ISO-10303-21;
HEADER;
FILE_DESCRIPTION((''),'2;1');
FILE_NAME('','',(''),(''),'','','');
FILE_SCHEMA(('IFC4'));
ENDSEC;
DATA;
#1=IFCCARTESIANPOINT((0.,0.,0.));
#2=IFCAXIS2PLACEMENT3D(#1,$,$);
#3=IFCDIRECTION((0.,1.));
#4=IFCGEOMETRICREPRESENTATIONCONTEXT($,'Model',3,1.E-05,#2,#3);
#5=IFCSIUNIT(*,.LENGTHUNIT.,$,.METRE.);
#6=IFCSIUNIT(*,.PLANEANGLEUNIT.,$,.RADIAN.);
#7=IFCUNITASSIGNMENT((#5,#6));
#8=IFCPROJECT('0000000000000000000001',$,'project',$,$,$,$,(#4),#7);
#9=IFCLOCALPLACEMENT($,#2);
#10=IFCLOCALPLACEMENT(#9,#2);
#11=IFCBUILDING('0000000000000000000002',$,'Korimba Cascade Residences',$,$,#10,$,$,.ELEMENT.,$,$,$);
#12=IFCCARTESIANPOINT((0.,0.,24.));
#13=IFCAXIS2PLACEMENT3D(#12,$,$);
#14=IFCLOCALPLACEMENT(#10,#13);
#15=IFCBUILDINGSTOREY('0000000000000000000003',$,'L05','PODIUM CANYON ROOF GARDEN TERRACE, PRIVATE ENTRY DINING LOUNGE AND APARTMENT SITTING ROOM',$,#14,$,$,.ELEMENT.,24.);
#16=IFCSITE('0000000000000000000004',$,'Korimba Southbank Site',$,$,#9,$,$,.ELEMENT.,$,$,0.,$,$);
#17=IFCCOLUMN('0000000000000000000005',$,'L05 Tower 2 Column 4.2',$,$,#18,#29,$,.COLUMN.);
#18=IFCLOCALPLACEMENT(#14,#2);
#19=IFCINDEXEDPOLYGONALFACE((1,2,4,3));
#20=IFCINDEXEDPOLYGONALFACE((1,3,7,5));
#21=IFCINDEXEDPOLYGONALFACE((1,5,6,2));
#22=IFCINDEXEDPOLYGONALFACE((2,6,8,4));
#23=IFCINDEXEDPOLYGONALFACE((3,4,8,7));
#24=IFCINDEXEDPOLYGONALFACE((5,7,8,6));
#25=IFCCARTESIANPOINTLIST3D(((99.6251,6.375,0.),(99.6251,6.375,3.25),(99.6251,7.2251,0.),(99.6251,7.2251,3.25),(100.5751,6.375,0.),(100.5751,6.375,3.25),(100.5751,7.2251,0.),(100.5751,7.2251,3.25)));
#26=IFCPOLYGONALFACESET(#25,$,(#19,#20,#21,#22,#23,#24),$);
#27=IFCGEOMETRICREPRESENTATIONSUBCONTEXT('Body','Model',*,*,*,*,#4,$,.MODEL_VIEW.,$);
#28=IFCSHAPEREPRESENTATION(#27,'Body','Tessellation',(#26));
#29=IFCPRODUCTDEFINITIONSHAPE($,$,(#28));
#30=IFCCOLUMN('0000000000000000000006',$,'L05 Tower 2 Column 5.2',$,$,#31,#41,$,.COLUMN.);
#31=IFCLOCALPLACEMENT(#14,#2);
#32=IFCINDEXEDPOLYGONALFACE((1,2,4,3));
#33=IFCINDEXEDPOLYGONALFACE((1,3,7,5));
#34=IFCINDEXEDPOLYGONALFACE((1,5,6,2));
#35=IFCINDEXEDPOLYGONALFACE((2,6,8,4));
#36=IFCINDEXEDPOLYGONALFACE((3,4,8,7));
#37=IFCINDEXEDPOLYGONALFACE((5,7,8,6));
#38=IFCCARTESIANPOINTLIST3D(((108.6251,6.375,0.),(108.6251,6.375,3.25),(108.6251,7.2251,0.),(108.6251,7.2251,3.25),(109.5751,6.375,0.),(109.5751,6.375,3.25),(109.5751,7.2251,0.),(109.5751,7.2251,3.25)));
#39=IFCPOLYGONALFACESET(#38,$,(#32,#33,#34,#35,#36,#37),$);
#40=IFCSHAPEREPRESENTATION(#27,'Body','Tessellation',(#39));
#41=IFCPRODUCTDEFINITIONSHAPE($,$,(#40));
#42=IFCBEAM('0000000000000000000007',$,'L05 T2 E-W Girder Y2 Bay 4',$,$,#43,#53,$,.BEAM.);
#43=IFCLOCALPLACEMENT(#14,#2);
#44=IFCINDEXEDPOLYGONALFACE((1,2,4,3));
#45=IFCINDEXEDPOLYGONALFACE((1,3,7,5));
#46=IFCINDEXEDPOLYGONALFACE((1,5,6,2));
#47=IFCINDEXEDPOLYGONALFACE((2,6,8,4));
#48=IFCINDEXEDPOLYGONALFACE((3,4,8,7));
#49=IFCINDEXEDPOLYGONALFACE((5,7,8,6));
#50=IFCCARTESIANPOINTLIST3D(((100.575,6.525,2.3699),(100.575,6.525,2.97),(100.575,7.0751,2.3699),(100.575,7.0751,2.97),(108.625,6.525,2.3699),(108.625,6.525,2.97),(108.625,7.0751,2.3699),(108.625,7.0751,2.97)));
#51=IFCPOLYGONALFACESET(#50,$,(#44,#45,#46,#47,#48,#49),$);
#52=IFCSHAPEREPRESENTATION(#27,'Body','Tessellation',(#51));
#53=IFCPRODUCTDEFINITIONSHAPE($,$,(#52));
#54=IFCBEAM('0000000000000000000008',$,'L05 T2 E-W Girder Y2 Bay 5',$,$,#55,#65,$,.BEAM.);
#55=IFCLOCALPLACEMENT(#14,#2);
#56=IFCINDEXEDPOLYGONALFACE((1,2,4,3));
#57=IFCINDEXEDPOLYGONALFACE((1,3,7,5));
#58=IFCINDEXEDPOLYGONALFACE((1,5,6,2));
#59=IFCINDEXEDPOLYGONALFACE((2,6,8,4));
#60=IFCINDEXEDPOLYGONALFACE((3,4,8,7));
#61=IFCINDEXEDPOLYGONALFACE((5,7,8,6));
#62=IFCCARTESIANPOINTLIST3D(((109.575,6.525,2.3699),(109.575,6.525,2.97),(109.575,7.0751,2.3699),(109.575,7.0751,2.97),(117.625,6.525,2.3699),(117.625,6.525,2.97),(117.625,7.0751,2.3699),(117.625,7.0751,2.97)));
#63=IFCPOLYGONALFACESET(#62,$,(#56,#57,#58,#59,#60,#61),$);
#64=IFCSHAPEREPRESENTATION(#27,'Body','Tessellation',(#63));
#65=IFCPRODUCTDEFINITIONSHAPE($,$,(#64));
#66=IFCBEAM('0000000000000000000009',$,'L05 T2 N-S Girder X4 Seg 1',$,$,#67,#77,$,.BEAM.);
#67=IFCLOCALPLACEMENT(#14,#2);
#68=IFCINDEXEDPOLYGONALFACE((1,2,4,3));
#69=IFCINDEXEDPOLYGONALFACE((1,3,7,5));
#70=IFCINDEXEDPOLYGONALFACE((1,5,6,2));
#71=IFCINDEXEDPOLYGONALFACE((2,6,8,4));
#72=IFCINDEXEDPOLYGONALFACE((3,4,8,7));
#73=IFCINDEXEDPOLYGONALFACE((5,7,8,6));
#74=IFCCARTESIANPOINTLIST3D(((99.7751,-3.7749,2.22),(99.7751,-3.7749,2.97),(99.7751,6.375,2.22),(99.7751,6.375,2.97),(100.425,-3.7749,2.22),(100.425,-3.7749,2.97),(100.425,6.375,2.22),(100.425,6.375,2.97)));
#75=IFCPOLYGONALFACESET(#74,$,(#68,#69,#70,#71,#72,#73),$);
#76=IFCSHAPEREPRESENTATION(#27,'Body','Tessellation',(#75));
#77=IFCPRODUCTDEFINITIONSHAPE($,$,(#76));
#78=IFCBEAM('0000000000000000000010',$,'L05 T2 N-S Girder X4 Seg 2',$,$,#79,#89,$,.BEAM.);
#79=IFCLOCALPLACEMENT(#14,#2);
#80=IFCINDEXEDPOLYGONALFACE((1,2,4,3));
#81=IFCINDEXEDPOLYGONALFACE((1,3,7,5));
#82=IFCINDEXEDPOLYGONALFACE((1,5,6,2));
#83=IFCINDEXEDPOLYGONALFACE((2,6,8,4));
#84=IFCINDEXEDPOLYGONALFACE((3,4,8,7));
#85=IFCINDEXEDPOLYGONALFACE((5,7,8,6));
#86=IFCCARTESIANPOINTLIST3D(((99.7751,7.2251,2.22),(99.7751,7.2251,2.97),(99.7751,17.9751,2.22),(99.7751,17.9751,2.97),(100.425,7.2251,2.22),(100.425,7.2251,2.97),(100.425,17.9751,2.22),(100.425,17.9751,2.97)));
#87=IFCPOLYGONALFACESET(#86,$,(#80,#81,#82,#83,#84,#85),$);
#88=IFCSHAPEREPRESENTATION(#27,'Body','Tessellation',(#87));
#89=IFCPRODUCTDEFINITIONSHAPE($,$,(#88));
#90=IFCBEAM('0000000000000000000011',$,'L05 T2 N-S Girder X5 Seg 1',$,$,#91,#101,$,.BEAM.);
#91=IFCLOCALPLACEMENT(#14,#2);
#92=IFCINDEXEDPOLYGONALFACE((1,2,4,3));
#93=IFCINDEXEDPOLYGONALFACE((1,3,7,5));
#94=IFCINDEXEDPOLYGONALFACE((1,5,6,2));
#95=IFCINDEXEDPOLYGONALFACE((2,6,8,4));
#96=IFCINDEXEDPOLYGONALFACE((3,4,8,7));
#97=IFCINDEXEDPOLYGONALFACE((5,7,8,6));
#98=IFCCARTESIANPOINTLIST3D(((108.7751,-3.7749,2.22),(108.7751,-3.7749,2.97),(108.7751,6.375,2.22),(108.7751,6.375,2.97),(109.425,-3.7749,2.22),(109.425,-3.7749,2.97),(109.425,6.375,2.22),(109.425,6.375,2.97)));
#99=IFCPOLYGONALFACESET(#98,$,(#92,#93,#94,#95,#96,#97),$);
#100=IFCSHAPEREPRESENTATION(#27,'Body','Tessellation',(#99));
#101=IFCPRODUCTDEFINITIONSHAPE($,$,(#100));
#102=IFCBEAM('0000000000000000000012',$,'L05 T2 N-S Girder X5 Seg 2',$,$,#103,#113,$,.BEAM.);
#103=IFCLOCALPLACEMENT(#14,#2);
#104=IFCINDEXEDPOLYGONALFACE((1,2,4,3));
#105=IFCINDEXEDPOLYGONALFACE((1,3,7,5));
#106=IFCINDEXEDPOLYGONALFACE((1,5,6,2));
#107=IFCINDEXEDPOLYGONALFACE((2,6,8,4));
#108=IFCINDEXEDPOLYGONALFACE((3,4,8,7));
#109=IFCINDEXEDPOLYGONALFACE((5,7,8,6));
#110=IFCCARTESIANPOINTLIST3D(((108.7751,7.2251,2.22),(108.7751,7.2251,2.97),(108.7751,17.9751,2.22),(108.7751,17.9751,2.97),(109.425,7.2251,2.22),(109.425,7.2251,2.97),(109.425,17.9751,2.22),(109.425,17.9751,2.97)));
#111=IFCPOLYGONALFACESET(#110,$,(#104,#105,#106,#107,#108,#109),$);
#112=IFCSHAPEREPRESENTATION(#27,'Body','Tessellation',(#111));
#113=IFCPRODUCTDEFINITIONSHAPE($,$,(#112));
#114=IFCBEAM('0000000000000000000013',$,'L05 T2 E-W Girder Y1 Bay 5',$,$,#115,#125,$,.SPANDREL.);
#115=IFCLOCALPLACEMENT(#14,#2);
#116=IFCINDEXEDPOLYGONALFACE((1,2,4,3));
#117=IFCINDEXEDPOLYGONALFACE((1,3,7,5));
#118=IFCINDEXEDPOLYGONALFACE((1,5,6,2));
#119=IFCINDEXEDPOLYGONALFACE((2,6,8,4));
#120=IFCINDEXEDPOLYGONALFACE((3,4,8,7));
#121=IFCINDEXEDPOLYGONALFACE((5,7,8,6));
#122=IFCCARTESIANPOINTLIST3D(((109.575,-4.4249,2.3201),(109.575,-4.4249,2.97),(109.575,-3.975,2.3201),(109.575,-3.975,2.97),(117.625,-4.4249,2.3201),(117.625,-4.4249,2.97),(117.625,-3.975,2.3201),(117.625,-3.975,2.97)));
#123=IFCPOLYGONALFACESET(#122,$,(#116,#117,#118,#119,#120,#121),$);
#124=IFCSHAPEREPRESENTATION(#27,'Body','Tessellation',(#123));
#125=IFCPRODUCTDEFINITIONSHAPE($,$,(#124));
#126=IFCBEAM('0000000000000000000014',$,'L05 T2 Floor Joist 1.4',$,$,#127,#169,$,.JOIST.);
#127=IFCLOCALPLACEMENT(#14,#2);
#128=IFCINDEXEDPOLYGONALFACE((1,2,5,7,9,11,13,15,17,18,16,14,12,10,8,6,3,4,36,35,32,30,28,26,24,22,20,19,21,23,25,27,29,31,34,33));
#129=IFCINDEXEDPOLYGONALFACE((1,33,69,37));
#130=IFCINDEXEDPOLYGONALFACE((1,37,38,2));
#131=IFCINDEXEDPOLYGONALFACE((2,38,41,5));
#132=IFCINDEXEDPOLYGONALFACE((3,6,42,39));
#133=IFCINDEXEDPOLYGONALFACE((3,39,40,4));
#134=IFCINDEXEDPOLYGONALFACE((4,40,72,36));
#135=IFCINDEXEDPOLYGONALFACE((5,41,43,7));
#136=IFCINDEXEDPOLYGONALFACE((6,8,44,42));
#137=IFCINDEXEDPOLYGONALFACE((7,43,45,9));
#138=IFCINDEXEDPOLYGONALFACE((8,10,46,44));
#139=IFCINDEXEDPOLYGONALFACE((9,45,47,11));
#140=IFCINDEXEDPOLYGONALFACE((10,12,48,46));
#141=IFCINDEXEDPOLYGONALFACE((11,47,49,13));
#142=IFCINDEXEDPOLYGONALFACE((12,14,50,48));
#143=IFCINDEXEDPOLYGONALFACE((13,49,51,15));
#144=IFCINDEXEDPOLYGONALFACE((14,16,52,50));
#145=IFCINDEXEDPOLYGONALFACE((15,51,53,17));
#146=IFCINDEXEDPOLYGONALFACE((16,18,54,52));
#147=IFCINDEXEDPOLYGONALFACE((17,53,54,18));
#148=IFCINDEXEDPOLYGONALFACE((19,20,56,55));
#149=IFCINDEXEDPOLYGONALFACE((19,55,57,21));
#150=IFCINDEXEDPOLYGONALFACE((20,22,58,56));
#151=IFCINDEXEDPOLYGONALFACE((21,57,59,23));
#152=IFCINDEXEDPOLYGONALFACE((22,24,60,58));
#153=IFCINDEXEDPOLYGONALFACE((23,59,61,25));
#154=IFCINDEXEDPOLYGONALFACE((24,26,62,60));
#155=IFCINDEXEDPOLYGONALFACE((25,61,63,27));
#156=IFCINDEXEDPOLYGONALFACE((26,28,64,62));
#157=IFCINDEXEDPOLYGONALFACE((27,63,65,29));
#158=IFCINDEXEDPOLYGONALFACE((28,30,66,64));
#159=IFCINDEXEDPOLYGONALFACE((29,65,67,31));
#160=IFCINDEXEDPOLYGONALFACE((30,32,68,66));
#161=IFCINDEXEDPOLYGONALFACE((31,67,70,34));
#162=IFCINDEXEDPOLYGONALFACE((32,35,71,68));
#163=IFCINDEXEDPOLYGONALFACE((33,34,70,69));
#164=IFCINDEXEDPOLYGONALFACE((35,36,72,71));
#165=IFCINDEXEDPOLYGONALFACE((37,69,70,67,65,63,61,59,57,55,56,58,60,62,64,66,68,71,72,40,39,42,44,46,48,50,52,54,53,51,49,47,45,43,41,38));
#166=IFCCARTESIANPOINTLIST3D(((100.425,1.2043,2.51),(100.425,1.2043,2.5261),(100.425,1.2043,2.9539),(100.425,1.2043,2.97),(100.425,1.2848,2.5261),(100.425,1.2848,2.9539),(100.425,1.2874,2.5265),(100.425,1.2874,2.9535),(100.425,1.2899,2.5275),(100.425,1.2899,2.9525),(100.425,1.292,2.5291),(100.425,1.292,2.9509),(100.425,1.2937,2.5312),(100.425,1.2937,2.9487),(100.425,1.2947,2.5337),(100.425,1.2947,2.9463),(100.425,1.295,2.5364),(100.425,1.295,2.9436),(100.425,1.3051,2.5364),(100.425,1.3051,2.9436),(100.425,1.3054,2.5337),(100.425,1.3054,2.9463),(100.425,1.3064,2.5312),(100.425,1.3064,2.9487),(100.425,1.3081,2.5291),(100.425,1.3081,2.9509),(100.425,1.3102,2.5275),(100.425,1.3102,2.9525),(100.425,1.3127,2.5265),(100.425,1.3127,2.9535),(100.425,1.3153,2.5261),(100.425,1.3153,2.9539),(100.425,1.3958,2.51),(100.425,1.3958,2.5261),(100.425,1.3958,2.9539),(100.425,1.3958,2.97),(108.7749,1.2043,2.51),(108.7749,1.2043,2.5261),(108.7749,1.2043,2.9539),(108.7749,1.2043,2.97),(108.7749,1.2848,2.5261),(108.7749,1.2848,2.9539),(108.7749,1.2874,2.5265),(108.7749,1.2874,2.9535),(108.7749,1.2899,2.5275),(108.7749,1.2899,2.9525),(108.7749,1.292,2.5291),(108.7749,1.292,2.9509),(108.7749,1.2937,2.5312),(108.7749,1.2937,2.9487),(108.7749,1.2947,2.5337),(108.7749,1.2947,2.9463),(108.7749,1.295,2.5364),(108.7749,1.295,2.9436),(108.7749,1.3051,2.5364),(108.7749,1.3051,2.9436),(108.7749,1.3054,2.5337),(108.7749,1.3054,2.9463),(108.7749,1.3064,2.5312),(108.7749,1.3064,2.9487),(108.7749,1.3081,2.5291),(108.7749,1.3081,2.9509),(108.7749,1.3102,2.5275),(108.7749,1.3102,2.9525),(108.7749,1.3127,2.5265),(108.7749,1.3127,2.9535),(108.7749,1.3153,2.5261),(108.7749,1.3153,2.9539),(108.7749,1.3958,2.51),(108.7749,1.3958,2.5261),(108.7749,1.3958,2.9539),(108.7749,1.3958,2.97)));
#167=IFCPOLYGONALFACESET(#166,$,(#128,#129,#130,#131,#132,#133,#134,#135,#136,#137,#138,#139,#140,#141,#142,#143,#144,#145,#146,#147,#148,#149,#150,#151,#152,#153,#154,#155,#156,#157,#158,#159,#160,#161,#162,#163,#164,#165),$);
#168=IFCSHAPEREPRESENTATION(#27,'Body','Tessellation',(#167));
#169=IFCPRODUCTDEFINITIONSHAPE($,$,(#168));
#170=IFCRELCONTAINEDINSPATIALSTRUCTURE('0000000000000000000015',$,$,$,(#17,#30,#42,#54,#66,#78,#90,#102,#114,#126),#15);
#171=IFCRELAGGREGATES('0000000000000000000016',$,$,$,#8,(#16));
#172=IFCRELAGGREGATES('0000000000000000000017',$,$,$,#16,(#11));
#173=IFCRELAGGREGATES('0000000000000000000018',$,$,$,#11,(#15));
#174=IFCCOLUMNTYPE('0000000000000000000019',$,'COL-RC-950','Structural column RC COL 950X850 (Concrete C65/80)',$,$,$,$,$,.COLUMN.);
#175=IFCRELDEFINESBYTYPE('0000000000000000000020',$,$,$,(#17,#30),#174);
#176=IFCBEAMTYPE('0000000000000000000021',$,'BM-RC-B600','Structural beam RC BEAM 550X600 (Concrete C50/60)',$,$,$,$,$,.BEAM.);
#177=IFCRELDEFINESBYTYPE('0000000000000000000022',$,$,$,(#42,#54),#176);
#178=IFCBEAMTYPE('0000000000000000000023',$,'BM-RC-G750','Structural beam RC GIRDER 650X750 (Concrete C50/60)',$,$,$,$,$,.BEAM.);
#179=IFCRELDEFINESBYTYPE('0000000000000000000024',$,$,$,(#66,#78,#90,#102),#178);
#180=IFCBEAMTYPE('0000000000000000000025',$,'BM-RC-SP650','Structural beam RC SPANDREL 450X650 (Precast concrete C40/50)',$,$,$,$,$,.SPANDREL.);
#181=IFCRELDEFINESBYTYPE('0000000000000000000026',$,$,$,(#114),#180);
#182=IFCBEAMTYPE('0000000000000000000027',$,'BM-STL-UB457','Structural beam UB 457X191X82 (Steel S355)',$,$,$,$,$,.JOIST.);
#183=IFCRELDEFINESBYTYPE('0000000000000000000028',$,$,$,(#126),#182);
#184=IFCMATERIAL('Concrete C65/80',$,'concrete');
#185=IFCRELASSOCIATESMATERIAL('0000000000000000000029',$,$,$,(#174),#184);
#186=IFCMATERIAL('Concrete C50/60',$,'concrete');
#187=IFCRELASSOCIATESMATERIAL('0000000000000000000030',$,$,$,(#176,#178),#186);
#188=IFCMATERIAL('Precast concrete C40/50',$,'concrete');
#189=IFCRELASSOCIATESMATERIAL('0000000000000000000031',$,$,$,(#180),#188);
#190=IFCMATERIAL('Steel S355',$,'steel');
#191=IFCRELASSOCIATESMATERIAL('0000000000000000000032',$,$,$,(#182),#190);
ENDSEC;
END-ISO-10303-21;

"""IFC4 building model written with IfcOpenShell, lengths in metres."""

from ifc_helpers import new_model, si_unit, direction, frame, origin, origin_2d, place, context, subcontext, project, spatial, rectangle, i_section, extrude, material, material_profile, profile_set, type_object, element, save


model = new_model("IFC4")

# Units and contexts
model_context = context("Model", 3, precision=1e-05, world=origin(), true_north=direction((0.0, 1.0)))
body_context = subcontext(model_context, "Body", "Model", "MODEL_VIEW")
ifc_project = project(units=[si_unit("LENGTHUNIT", "METRE"), si_unit("PLANEANGLEUNIT", "RADIAN")], contexts=[model_context])

# Site, building, storey
site_placement = place(None, origin())
site = spatial("IfcSite", under=ifc_project, at=site_placement, Name="Korimba Southbank Site", CompositionType="ELEMENT", RefElevation=0.0)
building_placement = place(site_placement, origin())
building = spatial("IfcBuilding", under=site, at=building_placement, Name="Korimba Cascade Residences", CompositionType="ELEMENT")
storey_placement = place(building_placement, frame((0.0, 0.0, 24.0)))
storey = spatial("IfcBuildingStorey", under=building, at=storey_placement, Name="L05", Description="PODIUM CANYON ROOF GARDEN TERRACE, PRIVATE ENTRY DINING LOUNGE AND APARTMENT SITTING ROOM", CompositionType="ELEMENT", Elevation=24.0)

# Columns
ifc_material_1 = material(Name="Concrete C65/80", Category="concrete")
ifc_material_profile_1 = material_profile(ifc_material_1, rectangle(XDim=0.95, YDim=0.8501, at=origin_2d()), Name="Concrete C65/80")
ifc_profile_set_1 = profile_set([ifc_material_profile_1], Name="Concrete C65/80")
column_type = type_object("IfcColumnType", Name="COL-RC-950", Description="Structural column RC COL 950X850 (Concrete C65/80)", PredefinedType="COLUMN", material=ifc_profile_set_1)
for number, where, z_axis, x_axis, name in (
    (1, (100.1001, 6.8, 0.0), (0.0, 0.0, 1.0), (1.0, 0.0, 0.0), "L05 Tower 2 Column 4.2"),
    (2, (109.1001, 6.8, 0.0), (0.0, 0.0, 1.0), (1.0, 0.0, 0.0), "L05 Tower 2 Column 5.2"),
):
    element("IfcColumn", number, at=place(storey_placement, frame(where, z_axis=z_axis, x_axis=x_axis)), inside=storey, type_object=column_type, Name=name, PredefinedType="COLUMN", context=body_context, shape_type="SweptSolid", body=[
        extrude(rectangle(XDim=0.95, YDim=0.8501, at=origin_2d()), origin(), (0.0, 0.0, 1.0), 3.25),
    ])

# Beams
ifc_material_2 = material(Name="Concrete C50/60", Category="concrete")
ifc_material_profile_2 = material_profile(ifc_material_2, rectangle(XDim=0.55, YDim=0.6001, at=origin_2d()), Name="Concrete C50/60")
ifc_profile_set_2 = profile_set([ifc_material_profile_2], Name="Concrete C50/60")
beam_type_1 = type_object("IfcBeamType", Name="BM-RC-B600", Description="Structural beam RC BEAM 550X600 (Concrete C50/60)", PredefinedType="BEAM", material=ifc_profile_set_2)
for number, where, z_axis, x_axis, name in (
    (3, (100.575, 6.8, 2.6699), (1.0, 0.0, 0.0), (0.0, 1.0, 0.0), "L05 T2 E-W Girder Y2 Bay 4"),
    (4, (109.575, 6.8, 2.6699), (1.0, 0.0, 0.0), (0.0, 1.0, 0.0), "L05 T2 E-W Girder Y2 Bay 5"),
):
    element("IfcBeam", number, at=place(storey_placement, frame(where, z_axis=z_axis, x_axis=x_axis)), inside=storey, type_object=beam_type_1, Name=name, PredefinedType="BEAM", context=body_context, shape_type="SweptSolid", body=[
        extrude(rectangle(XDim=0.55, YDim=0.6001, at=origin_2d()), origin(), (0.0, 0.0, 1.0), 8.05),
    ])
ifc_material_profile_3 = material_profile(ifc_material_2, rectangle(XDim=0.6499, YDim=0.75, at=origin_2d()), Name="Concrete C50/60")
ifc_profile_set_3 = profile_set([ifc_material_profile_3], Name="Concrete C50/60")
beam_type_2 = type_object("IfcBeamType", Name="BM-RC-G750", Description="Structural beam RC GIRDER 650X750 (Concrete C50/60)", PredefinedType="BEAM", material=ifc_profile_set_3)
beam_1_placement = place(storey_placement, frame((100.1001, -3.7749, 2.595), z_axis=(0.0, 1.0, 0.0), x_axis=(-1.0, 0.0, 0.0)))
element("IfcBeam", 5, at=beam_1_placement, inside=storey, type_object=beam_type_2, Name="L05 T2 N-S Girder X4 Seg 1", PredefinedType="BEAM", context=body_context, shape_type="SweptSolid", body=[
    extrude(rectangle(XDim=0.6499, YDim=0.75, at=origin_2d()), origin(), (0.0, 0.0, 1.0), 10.1499),
])
beam_2_placement = place(storey_placement, frame((100.1001, 7.2251, 2.595), z_axis=(0.0, 1.0, 0.0), x_axis=(-1.0, 0.0, 0.0)))
element("IfcBeam", 6, at=beam_2_placement, inside=storey, type_object=beam_type_2, Name="L05 T2 N-S Girder X4 Seg 2", PredefinedType="BEAM", context=body_context, shape_type="SweptSolid", body=[
    extrude(rectangle(XDim=0.6499, YDim=0.75, at=origin_2d()), origin(), (0.0, 0.0, 1.0), 10.75),
])
beam_3_placement = place(storey_placement, frame((109.1001, -3.7749, 2.595), z_axis=(0.0, 1.0, 0.0), x_axis=(-1.0, 0.0, 0.0)))
element("IfcBeam", 7, at=beam_3_placement, inside=storey, type_object=beam_type_2, Name="L05 T2 N-S Girder X5 Seg 1", PredefinedType="BEAM", context=body_context, shape_type="SweptSolid", body=[
    extrude(rectangle(XDim=0.6499, YDim=0.75, at=origin_2d()), origin(), (0.0, 0.0, 1.0), 10.1499),
])
beam_4_placement = place(storey_placement, frame((109.1001, 7.2251, 2.595), z_axis=(0.0, 1.0, 0.0), x_axis=(-1.0, 0.0, 0.0)))
element("IfcBeam", 8, at=beam_4_placement, inside=storey, type_object=beam_type_2, Name="L05 T2 N-S Girder X5 Seg 2", PredefinedType="BEAM", context=body_context, shape_type="SweptSolid", body=[
    extrude(rectangle(XDim=0.6499, YDim=0.75, at=origin_2d()), origin(), (0.0, 0.0, 1.0), 10.75),
])
ifc_material_3 = material(Name="Precast concrete C40/50", Category="concrete")
ifc_material_profile_4 = material_profile(ifc_material_3, rectangle(XDim=0.45, YDim=0.6499, at=origin_2d()), Name="Precast concrete C40/50")
ifc_profile_set_4 = profile_set([ifc_material_profile_4], Name="Precast concrete C40/50")
beam_type_3 = type_object("IfcBeamType", Name="BM-RC-SP650", Description="Structural beam RC SPANDREL 450X650 (Precast concrete C40/50)", PredefinedType="SPANDREL", material=ifc_profile_set_4)
beam_5_placement = place(storey_placement, frame((109.575, -4.2, 2.645), z_axis=(1.0, 0.0, 0.0), x_axis=(0.0, 1.0, 0.0)))
element("IfcBeam", 9, at=beam_5_placement, inside=storey, type_object=beam_type_3, Name="L05 T2 E-W Girder Y1 Bay 5", PredefinedType="SPANDREL", context=body_context, shape_type="SweptSolid", body=[
    extrude(rectangle(XDim=0.45, YDim=0.6499, at=origin_2d()), origin(), (0.0, 0.0, 1.0), 8.05),
])
ifc_material_4 = material(Name="Steel S355", Category="steel")
ifc_material_profile_5 = material_profile(ifc_material_4, i_section(OverallWidth=0.1914, OverallDepth=0.46, WebThickness=0.01, FlangeThickness=0.0161, FilletRadius=0.0103, at=origin_2d()), Name="Steel S355")
ifc_profile_set_5 = profile_set([ifc_material_profile_5], Name="Steel S355")
beam_type_4 = type_object("IfcBeamType", Name="BM-STL-UB457", Description="Structural beam UB 457X191X82 (Steel S355)", PredefinedType="JOIST", material=ifc_profile_set_5)
for number, where, z_axis, x_axis, name in (
    (10, (100.425, 1.3, 2.74), (1.0, 0.0, 0.0), (0.0, 1.0, 0.0), "L05 T2 Floor Joist 1.4"),
):
    element("IfcBeam", number, at=place(storey_placement, frame(where, z_axis=z_axis, x_axis=x_axis)), inside=storey, type_object=beam_type_4, Name=name, PredefinedType="JOIST", context=body_context, shape_type="SweptSolid", body=[
        extrude(i_section(OverallWidth=0.1914, OverallDepth=0.46, WebThickness=0.01, FlangeThickness=0.0161, FilletRadius=0.0103, at=origin_2d()), origin(), (0.0, 0.0, 1.0), 8.3499),
    ])

save(model, "model.ifc")
